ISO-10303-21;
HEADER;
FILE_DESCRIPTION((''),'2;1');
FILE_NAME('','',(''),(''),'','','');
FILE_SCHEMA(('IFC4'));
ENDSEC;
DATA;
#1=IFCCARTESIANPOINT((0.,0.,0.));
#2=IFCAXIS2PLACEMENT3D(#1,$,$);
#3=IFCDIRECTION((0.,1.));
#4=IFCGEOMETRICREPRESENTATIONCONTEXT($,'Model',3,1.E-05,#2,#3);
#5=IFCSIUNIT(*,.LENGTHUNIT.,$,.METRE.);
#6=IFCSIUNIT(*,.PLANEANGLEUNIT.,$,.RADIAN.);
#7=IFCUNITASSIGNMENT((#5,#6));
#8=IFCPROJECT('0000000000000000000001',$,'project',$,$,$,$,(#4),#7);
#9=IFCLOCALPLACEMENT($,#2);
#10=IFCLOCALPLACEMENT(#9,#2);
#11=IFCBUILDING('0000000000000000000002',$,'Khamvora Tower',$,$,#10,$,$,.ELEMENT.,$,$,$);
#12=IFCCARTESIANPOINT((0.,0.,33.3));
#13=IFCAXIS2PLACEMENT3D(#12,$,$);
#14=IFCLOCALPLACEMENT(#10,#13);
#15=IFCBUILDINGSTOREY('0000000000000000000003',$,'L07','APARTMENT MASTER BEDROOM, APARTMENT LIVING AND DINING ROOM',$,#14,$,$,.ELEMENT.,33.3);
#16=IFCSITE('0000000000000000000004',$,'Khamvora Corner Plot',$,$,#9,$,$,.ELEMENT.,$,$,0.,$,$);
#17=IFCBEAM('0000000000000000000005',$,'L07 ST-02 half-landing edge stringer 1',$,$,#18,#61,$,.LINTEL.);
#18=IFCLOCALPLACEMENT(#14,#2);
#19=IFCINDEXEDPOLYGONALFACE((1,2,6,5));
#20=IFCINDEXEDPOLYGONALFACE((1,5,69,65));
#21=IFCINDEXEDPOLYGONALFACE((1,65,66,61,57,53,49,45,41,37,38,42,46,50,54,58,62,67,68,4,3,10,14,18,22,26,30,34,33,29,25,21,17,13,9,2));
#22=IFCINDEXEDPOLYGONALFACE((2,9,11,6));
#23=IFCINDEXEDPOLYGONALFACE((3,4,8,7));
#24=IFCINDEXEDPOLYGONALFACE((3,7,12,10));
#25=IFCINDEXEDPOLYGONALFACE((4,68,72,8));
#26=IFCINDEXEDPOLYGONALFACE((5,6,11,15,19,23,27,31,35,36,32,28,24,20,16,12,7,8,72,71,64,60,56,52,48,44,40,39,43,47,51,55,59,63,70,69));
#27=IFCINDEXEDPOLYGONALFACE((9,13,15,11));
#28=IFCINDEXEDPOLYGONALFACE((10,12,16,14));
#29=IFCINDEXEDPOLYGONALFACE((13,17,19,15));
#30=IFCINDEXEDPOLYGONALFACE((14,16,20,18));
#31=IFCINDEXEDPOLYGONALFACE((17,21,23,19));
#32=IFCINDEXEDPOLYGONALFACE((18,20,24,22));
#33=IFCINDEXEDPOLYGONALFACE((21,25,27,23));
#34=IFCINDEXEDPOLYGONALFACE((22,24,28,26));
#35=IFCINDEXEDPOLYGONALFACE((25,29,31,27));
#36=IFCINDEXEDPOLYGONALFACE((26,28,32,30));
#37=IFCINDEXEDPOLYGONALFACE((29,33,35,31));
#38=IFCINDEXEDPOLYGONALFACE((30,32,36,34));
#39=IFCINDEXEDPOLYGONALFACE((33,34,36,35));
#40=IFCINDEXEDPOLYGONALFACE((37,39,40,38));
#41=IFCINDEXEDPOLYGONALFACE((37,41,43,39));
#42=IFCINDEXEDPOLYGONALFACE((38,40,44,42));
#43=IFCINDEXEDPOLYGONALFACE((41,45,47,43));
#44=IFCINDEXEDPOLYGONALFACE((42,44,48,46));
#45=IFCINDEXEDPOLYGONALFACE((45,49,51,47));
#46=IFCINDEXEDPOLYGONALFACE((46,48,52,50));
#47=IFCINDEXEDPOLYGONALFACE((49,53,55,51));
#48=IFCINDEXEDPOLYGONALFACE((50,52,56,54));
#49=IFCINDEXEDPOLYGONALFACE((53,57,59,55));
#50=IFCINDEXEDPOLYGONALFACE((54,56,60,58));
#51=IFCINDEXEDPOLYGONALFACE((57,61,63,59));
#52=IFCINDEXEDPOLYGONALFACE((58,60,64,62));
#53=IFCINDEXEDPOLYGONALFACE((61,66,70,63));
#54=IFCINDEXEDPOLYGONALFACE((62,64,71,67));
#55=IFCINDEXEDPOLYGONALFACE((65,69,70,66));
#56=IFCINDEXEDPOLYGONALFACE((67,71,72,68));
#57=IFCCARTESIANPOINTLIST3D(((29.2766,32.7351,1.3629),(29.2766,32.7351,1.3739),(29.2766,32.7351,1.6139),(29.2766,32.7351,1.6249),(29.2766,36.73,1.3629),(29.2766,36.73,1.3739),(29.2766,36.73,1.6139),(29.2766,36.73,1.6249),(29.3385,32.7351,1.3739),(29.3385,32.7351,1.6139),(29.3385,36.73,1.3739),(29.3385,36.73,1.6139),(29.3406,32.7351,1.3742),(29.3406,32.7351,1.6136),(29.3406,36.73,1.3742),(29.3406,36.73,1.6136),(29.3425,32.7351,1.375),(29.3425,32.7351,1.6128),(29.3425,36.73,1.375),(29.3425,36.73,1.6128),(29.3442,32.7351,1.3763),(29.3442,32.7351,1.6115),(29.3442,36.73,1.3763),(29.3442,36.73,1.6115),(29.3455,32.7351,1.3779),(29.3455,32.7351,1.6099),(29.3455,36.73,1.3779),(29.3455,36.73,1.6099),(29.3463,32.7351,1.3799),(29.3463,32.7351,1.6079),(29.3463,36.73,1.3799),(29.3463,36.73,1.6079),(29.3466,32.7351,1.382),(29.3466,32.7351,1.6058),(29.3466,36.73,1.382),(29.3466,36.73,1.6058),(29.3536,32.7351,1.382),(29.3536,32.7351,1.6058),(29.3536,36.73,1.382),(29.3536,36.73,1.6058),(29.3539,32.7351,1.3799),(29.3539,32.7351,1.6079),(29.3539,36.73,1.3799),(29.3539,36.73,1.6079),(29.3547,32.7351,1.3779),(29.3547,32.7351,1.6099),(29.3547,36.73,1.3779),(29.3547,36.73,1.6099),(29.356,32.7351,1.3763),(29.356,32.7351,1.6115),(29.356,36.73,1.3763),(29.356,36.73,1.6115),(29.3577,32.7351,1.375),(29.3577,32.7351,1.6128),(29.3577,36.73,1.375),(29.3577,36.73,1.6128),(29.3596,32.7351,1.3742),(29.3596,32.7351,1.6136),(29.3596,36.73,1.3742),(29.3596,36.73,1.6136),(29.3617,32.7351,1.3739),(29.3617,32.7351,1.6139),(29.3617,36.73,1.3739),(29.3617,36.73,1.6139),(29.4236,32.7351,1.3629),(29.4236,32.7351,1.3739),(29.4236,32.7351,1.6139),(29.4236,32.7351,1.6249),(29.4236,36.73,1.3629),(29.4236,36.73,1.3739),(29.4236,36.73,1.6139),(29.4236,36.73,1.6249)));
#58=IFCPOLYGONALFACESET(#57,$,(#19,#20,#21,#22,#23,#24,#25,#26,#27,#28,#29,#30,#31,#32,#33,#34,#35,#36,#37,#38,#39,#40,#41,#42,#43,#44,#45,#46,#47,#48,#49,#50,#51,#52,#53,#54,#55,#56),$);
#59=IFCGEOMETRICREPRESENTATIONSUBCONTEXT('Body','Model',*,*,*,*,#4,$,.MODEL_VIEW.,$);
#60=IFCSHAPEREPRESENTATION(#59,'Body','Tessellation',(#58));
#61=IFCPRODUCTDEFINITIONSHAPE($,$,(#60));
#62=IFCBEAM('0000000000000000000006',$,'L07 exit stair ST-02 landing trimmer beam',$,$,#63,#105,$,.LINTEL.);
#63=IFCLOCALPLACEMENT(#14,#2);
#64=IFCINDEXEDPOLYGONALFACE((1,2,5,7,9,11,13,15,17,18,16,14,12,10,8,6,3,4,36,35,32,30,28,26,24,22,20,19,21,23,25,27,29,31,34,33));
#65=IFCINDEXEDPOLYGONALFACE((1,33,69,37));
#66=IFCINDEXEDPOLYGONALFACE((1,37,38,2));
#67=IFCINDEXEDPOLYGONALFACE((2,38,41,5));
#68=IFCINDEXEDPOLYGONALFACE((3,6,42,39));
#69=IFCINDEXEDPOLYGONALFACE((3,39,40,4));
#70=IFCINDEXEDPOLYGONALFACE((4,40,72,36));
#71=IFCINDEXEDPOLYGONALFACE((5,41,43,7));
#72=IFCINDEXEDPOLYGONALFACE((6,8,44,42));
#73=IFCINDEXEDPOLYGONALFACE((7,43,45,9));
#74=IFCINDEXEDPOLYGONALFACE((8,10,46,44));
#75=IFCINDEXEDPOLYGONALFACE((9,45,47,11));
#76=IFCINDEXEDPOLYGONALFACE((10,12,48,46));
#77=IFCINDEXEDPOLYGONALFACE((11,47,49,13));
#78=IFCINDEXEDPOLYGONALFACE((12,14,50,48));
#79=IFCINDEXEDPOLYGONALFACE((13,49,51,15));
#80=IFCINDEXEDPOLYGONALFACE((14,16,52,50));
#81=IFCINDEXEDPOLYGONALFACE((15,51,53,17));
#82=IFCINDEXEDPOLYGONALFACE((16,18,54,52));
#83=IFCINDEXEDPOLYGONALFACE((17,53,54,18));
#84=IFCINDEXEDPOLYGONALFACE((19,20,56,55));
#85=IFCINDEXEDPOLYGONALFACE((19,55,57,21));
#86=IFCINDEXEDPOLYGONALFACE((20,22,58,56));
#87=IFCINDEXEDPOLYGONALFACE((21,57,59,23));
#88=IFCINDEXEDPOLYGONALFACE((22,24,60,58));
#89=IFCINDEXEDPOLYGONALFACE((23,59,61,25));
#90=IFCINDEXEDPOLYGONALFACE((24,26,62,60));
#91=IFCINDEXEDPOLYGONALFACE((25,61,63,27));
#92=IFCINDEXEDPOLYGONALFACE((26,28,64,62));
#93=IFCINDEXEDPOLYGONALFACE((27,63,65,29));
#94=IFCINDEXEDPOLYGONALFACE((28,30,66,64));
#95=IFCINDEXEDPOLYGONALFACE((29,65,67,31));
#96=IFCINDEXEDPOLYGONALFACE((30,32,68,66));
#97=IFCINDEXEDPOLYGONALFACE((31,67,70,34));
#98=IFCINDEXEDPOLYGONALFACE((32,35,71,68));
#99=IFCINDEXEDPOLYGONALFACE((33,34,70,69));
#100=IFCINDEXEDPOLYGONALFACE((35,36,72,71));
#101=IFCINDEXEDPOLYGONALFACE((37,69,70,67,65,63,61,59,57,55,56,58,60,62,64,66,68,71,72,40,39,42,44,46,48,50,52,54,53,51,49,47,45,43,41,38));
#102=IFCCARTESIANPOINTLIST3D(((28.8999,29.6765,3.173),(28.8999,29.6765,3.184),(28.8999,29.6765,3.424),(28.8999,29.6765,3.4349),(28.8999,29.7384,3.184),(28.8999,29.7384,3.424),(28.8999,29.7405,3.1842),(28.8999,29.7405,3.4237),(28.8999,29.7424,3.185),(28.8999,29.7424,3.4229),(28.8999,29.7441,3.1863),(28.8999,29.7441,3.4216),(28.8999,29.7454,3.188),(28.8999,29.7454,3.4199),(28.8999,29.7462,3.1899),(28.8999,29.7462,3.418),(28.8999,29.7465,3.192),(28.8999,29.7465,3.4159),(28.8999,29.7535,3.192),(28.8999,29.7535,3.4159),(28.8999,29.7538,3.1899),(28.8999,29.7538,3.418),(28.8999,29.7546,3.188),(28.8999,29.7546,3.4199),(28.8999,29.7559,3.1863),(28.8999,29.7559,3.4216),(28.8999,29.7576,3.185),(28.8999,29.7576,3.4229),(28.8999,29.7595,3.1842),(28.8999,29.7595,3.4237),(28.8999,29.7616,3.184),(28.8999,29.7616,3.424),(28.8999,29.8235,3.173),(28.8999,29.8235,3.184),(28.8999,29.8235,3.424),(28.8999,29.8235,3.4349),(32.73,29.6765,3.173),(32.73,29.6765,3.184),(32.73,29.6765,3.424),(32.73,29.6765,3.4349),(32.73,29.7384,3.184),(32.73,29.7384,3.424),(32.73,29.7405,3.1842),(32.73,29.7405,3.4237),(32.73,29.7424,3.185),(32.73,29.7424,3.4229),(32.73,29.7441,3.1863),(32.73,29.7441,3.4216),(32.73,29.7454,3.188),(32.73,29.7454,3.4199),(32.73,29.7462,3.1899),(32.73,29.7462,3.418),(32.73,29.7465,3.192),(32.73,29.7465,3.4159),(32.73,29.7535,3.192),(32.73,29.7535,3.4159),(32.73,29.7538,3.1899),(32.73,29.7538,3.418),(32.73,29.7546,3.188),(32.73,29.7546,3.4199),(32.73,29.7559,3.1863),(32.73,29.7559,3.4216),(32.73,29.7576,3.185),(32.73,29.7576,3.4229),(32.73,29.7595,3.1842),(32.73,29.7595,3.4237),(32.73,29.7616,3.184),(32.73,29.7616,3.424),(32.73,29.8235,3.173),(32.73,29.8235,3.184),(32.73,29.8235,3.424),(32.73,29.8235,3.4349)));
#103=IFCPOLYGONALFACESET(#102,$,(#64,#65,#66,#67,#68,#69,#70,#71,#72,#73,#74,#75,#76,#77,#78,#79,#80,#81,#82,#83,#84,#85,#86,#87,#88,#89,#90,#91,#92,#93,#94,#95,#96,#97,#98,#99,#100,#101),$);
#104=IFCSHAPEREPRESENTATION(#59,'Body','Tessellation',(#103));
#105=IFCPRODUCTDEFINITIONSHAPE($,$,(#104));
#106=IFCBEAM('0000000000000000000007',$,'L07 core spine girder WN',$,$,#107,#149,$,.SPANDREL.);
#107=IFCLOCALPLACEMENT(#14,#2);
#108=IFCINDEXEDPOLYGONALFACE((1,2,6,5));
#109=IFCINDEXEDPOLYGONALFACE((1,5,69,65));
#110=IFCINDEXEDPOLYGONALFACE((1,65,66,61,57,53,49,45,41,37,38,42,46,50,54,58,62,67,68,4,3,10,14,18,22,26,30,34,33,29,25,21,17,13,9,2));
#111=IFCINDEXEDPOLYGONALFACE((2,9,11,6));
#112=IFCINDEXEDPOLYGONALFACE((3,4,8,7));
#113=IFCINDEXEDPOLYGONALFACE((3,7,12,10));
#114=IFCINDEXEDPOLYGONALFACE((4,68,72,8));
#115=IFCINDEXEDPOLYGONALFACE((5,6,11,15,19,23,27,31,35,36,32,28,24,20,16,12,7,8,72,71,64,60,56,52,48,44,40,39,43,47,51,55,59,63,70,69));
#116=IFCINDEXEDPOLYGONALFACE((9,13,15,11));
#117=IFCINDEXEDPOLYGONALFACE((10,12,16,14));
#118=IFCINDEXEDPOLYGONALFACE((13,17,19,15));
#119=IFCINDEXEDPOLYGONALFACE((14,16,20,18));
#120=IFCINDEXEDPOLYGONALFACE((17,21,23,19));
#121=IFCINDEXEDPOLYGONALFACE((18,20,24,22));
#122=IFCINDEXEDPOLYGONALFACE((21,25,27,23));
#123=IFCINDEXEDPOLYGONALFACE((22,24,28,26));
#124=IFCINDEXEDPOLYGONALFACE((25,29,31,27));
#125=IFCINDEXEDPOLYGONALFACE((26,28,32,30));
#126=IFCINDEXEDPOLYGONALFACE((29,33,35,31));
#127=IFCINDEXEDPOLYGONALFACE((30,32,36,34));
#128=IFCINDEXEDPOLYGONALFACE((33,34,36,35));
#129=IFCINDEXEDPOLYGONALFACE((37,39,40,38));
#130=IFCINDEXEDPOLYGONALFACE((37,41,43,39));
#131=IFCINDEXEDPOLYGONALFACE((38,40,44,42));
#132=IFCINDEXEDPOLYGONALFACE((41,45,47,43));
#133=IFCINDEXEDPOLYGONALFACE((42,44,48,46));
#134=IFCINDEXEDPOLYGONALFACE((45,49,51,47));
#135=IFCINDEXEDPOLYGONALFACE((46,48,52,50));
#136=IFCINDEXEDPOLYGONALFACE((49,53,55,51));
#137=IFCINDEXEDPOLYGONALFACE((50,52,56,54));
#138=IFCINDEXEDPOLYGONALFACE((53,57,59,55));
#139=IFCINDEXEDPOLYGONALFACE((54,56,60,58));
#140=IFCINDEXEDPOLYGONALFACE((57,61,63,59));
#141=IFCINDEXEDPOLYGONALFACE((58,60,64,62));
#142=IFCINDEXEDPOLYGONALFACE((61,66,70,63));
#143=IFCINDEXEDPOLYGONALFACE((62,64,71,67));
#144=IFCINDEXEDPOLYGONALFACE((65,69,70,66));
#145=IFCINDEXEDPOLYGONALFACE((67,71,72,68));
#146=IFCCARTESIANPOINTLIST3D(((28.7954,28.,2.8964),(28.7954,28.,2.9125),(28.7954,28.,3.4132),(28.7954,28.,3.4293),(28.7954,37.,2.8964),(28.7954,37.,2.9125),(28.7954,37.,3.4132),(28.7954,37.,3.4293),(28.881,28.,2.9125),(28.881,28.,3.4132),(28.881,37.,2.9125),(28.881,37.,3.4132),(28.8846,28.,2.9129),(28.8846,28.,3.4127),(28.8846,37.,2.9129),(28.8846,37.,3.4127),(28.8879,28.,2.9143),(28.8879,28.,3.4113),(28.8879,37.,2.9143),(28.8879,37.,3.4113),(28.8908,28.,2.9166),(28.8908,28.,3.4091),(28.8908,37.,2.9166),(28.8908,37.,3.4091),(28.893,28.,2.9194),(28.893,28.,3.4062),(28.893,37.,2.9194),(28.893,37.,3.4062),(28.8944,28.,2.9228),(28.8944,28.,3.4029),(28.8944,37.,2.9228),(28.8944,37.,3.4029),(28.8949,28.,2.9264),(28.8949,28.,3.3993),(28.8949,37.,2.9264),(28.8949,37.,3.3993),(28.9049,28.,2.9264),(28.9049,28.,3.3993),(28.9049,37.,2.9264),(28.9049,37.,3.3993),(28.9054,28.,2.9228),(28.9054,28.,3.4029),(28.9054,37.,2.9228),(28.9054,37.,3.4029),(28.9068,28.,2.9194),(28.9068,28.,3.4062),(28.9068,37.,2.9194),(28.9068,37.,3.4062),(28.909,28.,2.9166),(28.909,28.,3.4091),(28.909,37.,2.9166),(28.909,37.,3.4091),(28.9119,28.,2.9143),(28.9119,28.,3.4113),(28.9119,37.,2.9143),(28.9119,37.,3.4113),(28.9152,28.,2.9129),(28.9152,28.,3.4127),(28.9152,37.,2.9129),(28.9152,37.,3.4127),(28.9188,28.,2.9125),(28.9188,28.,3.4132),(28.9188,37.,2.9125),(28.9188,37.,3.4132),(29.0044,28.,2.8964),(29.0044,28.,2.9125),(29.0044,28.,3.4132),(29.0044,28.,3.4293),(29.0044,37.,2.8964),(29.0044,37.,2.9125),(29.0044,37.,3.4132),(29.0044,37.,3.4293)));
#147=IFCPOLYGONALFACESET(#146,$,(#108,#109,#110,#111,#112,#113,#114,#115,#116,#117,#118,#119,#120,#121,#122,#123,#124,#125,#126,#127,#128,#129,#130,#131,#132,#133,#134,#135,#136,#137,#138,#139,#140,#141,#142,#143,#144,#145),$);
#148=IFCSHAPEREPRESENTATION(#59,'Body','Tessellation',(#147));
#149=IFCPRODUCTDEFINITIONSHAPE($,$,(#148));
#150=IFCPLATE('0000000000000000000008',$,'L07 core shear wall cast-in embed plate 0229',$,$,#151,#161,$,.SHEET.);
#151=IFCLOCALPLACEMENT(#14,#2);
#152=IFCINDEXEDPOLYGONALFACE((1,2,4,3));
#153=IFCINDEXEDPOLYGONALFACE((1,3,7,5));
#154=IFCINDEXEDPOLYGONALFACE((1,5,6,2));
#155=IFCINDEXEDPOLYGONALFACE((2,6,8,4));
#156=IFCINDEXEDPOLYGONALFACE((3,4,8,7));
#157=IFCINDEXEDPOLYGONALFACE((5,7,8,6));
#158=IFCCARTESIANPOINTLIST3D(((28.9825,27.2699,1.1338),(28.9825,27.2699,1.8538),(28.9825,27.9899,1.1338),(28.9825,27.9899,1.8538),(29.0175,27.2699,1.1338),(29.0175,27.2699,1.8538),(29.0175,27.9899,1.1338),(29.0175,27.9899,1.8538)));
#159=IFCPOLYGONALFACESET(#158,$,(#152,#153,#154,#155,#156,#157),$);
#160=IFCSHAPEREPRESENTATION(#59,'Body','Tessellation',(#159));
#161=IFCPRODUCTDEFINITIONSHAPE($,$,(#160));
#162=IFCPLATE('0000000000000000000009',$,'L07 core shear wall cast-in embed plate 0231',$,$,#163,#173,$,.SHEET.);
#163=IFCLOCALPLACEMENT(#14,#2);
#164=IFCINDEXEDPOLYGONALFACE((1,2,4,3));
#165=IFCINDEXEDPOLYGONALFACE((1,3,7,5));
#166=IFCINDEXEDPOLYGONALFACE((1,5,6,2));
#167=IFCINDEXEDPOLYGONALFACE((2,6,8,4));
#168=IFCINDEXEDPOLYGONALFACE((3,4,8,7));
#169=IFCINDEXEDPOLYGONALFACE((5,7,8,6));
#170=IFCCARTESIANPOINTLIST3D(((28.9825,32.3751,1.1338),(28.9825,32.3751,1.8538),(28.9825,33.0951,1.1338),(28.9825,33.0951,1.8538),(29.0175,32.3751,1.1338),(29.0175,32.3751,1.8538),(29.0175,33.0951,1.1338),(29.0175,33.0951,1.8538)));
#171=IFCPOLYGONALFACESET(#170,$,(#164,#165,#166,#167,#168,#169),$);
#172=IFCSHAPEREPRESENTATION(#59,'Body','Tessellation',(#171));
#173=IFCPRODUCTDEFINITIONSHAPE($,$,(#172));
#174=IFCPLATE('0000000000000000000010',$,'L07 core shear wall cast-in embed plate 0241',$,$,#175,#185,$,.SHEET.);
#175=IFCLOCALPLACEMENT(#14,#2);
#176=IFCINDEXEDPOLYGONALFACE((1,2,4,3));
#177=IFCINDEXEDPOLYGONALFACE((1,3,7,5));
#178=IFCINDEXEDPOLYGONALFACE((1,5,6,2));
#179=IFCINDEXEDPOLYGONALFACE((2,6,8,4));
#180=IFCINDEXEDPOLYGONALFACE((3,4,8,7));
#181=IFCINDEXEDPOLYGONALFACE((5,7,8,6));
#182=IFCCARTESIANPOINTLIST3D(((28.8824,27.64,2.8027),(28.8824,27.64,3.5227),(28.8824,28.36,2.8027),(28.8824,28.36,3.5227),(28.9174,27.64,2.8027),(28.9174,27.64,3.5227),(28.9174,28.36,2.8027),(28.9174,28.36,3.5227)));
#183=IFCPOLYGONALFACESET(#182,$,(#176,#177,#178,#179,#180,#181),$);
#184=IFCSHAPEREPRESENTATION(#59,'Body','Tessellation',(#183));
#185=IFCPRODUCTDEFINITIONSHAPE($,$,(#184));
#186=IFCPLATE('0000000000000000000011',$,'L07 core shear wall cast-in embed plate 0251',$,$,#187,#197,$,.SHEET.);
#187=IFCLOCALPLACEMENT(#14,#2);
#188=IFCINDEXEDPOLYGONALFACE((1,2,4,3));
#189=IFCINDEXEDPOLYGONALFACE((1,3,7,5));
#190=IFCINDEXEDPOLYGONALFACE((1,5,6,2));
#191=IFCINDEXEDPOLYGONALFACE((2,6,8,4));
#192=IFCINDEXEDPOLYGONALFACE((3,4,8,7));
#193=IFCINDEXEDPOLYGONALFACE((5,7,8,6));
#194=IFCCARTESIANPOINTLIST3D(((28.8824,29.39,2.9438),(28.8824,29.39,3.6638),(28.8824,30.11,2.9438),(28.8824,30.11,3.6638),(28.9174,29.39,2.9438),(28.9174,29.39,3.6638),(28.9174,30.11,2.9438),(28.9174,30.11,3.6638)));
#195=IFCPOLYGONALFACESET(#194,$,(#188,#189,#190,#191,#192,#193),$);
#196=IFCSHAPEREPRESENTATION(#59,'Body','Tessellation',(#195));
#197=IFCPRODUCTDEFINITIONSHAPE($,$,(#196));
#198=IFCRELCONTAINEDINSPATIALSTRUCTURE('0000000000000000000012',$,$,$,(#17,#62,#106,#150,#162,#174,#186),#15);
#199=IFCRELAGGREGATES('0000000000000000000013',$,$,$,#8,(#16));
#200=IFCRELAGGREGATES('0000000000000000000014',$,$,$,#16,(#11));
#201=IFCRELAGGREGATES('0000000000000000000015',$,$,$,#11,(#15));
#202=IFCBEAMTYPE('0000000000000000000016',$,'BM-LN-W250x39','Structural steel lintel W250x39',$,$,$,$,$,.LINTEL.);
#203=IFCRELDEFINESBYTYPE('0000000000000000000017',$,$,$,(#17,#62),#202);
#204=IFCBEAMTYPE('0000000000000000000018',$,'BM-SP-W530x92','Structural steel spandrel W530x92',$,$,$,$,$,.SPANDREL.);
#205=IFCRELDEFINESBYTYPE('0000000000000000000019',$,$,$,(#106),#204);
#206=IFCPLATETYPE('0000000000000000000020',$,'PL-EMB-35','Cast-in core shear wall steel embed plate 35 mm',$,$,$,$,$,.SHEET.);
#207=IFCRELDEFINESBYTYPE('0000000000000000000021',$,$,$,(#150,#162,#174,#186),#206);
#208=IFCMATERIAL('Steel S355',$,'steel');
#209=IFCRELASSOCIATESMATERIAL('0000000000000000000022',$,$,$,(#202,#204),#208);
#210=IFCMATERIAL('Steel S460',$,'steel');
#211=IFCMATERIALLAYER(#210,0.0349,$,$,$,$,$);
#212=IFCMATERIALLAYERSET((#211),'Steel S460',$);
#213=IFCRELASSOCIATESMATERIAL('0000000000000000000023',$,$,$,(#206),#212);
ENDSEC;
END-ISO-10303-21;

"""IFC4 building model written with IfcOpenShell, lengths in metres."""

from ifc_helpers import new_model, si_unit, direction, frame, origin, origin_2d, place, context, subcontext, project, spatial, rectangle, i_section, extrude, material, layer, layer_set, material_profile, profile_set, type_object, element, save


model = new_model("IFC4")

# Units and contexts
model_context = context("Model", 3, precision=1e-05, world=origin(), true_north=direction((0.0, 1.0)))
body_context = subcontext(model_context, "Body", "Model", "MODEL_VIEW")
ifc_project = project(units=[si_unit("LENGTHUNIT", "METRE"), si_unit("PLANEANGLEUNIT", "RADIAN")], contexts=[model_context])

# Site, building, storey
site_placement = place(None, origin())
site = spatial("IfcSite", under=ifc_project, at=site_placement, Name="Khamvora Corner Plot", CompositionType="ELEMENT", RefElevation=0.0)
building_placement = place(site_placement, origin())
building = spatial("IfcBuilding", under=site, at=building_placement, Name="Khamvora Tower", CompositionType="ELEMENT")
storey_placement = place(building_placement, frame((0.0, 0.0, 33.3)))
storey = spatial("IfcBuildingStorey", under=building, at=storey_placement, Name="L07", Description="APARTMENT MASTER BEDROOM, APARTMENT LIVING AND DINING ROOM", CompositionType="ELEMENT", Elevation=33.3)

# Shared definitions
ifc_material_1 = material(Name="Steel S460", Category="steel")

# Beams
ifc_material_2 = material(Name="Steel S355", Category="steel")
ifc_material_profile_1 = material_profile(ifc_material_2, i_section(OverallWidth=0.147, OverallDepth=0.262, WebThickness=0.0071, FlangeThickness=0.011, FilletRadius=0.0081, at=origin_2d()), Name="W250x39")
ifc_profile_set_1 = profile_set([ifc_material_profile_1], Name="Steel S355")
beam_type_1 = type_object("IfcBeamType", Name="BM-LN-W250x39", Description="Structural steel lintel W250x39", PredefinedType="LINTEL", material=ifc_profile_set_1)
beam_1_placement = place(storey_placement, frame((29.3501, 32.7351, 1.4939), z_axis=(0.0, 1.0, 0.0), x_axis=(-1.0, 0.0, 0.0)))
element("IfcBeam", 1, at=beam_1_placement, inside=storey, type_object=beam_type_1, Name="L07 ST-02 half-landing edge stringer 1", PredefinedType="LINTEL", context=body_context, shape_type="SweptSolid", body=[
    extrude(i_section(OverallWidth=0.147, OverallDepth=0.262, WebThickness=0.0071, FlangeThickness=0.011, FilletRadius=0.0081, at=origin_2d()), origin(), (0.0, 0.0, 1.0), 3.9949),
])
beam_2_placement = place(storey_placement, frame((28.8999, 29.75, 3.304), z_axis=(1.0, 0.0, 0.0), x_axis=(0.0, 1.0, 0.0)))
element("IfcBeam", 2, at=beam_2_placement, inside=storey, type_object=beam_type_1, Name="L07 exit stair ST-02 landing trimmer beam", PredefinedType="LINTEL", context=body_context, shape_type="SweptSolid", body=[
    extrude(i_section(OverallWidth=0.147, OverallDepth=0.262, WebThickness=0.0071, FlangeThickness=0.011, FilletRadius=0.0081, at=origin_2d()), origin(), (0.0, 0.0, 1.0), 3.8301),
])
ifc_material_profile_2 = material_profile(ifc_material_2, i_section(OverallWidth=0.209, OverallDepth=0.533, WebThickness=0.01, FlangeThickness=0.0161, FilletRadius=0.0139, at=origin_2d()), Name="W530x92")
ifc_profile_set_2 = profile_set([ifc_material_profile_2], Name="Steel S355")
beam_type_2 = type_object("IfcBeamType", Name="BM-SP-W530x92", Description="Structural steel spandrel W530x92", PredefinedType="SPANDREL", material=ifc_profile_set_2)
beam_3_placement = place(storey_placement, frame((28.8999, 28.0, 3.1628), z_axis=(0.0, 1.0, 0.0), x_axis=(-1.0, 0.0, 0.0)))
element("IfcBeam", 3, at=beam_3_placement, inside=storey, type_object=beam_type_2, Name="L07 core spine girder WN", PredefinedType="SPANDREL", context=body_context, shape_type="SweptSolid", body=[
    extrude(i_section(OverallWidth=0.209, OverallDepth=0.533, WebThickness=0.01, FlangeThickness=0.0161, FilletRadius=0.0139, at=origin_2d()), origin(), (0.0, 0.0, 1.0), 9.0),
])

# Plates
ifc_layer_1 = layer(ifc_material_1, 0.0349)
ifc_layer_set_1 = layer_set([ifc_layer_1], Name="Steel S460")
plate_type = type_object("IfcPlateType", Name="PL-EMB-35", Description="Cast-in core shear wall steel embed plate 35 mm", PredefinedType="SHEET", material=ifc_layer_set_1)
for number, where, z_axis, x_axis, name in (
    (4, (29.0, 27.6299, 1.1338), (0.0, 0.0, 1.0), (1.0, 0.0, 0.0), "L07 core shear wall cast-in embed plate 0229"),
    (5, (29.0, 32.7351, 1.1338), (0.0, 0.0, 1.0), (1.0, 0.0, 0.0), "L07 core shear wall cast-in embed plate 0231"),
    (6, (28.8999, 28.0, 2.8027), (0.0, 0.0, 1.0), (1.0, 0.0, 0.0), "L07 core shear wall cast-in embed plate 0241"),
    (7, (28.8999, 29.75, 2.9438), (0.0, 0.0, 1.0), (1.0, 0.0, 0.0), "L07 core shear wall cast-in embed plate 0251"),
):
    element("IfcPlate", number, at=place(storey_placement, frame(where, z_axis=z_axis, x_axis=x_axis)), inside=storey, type_object=plate_type, Name=name, PredefinedType="SHEET", context=body_context, shape_type="SweptSolid", body=[
        extrude(rectangle(XDim=0.0349, YDim=0.72, at=origin_2d()), origin(), (0.0, 0.0, 1.0), 0.72),
    ])

save(model, "model.ifc")
